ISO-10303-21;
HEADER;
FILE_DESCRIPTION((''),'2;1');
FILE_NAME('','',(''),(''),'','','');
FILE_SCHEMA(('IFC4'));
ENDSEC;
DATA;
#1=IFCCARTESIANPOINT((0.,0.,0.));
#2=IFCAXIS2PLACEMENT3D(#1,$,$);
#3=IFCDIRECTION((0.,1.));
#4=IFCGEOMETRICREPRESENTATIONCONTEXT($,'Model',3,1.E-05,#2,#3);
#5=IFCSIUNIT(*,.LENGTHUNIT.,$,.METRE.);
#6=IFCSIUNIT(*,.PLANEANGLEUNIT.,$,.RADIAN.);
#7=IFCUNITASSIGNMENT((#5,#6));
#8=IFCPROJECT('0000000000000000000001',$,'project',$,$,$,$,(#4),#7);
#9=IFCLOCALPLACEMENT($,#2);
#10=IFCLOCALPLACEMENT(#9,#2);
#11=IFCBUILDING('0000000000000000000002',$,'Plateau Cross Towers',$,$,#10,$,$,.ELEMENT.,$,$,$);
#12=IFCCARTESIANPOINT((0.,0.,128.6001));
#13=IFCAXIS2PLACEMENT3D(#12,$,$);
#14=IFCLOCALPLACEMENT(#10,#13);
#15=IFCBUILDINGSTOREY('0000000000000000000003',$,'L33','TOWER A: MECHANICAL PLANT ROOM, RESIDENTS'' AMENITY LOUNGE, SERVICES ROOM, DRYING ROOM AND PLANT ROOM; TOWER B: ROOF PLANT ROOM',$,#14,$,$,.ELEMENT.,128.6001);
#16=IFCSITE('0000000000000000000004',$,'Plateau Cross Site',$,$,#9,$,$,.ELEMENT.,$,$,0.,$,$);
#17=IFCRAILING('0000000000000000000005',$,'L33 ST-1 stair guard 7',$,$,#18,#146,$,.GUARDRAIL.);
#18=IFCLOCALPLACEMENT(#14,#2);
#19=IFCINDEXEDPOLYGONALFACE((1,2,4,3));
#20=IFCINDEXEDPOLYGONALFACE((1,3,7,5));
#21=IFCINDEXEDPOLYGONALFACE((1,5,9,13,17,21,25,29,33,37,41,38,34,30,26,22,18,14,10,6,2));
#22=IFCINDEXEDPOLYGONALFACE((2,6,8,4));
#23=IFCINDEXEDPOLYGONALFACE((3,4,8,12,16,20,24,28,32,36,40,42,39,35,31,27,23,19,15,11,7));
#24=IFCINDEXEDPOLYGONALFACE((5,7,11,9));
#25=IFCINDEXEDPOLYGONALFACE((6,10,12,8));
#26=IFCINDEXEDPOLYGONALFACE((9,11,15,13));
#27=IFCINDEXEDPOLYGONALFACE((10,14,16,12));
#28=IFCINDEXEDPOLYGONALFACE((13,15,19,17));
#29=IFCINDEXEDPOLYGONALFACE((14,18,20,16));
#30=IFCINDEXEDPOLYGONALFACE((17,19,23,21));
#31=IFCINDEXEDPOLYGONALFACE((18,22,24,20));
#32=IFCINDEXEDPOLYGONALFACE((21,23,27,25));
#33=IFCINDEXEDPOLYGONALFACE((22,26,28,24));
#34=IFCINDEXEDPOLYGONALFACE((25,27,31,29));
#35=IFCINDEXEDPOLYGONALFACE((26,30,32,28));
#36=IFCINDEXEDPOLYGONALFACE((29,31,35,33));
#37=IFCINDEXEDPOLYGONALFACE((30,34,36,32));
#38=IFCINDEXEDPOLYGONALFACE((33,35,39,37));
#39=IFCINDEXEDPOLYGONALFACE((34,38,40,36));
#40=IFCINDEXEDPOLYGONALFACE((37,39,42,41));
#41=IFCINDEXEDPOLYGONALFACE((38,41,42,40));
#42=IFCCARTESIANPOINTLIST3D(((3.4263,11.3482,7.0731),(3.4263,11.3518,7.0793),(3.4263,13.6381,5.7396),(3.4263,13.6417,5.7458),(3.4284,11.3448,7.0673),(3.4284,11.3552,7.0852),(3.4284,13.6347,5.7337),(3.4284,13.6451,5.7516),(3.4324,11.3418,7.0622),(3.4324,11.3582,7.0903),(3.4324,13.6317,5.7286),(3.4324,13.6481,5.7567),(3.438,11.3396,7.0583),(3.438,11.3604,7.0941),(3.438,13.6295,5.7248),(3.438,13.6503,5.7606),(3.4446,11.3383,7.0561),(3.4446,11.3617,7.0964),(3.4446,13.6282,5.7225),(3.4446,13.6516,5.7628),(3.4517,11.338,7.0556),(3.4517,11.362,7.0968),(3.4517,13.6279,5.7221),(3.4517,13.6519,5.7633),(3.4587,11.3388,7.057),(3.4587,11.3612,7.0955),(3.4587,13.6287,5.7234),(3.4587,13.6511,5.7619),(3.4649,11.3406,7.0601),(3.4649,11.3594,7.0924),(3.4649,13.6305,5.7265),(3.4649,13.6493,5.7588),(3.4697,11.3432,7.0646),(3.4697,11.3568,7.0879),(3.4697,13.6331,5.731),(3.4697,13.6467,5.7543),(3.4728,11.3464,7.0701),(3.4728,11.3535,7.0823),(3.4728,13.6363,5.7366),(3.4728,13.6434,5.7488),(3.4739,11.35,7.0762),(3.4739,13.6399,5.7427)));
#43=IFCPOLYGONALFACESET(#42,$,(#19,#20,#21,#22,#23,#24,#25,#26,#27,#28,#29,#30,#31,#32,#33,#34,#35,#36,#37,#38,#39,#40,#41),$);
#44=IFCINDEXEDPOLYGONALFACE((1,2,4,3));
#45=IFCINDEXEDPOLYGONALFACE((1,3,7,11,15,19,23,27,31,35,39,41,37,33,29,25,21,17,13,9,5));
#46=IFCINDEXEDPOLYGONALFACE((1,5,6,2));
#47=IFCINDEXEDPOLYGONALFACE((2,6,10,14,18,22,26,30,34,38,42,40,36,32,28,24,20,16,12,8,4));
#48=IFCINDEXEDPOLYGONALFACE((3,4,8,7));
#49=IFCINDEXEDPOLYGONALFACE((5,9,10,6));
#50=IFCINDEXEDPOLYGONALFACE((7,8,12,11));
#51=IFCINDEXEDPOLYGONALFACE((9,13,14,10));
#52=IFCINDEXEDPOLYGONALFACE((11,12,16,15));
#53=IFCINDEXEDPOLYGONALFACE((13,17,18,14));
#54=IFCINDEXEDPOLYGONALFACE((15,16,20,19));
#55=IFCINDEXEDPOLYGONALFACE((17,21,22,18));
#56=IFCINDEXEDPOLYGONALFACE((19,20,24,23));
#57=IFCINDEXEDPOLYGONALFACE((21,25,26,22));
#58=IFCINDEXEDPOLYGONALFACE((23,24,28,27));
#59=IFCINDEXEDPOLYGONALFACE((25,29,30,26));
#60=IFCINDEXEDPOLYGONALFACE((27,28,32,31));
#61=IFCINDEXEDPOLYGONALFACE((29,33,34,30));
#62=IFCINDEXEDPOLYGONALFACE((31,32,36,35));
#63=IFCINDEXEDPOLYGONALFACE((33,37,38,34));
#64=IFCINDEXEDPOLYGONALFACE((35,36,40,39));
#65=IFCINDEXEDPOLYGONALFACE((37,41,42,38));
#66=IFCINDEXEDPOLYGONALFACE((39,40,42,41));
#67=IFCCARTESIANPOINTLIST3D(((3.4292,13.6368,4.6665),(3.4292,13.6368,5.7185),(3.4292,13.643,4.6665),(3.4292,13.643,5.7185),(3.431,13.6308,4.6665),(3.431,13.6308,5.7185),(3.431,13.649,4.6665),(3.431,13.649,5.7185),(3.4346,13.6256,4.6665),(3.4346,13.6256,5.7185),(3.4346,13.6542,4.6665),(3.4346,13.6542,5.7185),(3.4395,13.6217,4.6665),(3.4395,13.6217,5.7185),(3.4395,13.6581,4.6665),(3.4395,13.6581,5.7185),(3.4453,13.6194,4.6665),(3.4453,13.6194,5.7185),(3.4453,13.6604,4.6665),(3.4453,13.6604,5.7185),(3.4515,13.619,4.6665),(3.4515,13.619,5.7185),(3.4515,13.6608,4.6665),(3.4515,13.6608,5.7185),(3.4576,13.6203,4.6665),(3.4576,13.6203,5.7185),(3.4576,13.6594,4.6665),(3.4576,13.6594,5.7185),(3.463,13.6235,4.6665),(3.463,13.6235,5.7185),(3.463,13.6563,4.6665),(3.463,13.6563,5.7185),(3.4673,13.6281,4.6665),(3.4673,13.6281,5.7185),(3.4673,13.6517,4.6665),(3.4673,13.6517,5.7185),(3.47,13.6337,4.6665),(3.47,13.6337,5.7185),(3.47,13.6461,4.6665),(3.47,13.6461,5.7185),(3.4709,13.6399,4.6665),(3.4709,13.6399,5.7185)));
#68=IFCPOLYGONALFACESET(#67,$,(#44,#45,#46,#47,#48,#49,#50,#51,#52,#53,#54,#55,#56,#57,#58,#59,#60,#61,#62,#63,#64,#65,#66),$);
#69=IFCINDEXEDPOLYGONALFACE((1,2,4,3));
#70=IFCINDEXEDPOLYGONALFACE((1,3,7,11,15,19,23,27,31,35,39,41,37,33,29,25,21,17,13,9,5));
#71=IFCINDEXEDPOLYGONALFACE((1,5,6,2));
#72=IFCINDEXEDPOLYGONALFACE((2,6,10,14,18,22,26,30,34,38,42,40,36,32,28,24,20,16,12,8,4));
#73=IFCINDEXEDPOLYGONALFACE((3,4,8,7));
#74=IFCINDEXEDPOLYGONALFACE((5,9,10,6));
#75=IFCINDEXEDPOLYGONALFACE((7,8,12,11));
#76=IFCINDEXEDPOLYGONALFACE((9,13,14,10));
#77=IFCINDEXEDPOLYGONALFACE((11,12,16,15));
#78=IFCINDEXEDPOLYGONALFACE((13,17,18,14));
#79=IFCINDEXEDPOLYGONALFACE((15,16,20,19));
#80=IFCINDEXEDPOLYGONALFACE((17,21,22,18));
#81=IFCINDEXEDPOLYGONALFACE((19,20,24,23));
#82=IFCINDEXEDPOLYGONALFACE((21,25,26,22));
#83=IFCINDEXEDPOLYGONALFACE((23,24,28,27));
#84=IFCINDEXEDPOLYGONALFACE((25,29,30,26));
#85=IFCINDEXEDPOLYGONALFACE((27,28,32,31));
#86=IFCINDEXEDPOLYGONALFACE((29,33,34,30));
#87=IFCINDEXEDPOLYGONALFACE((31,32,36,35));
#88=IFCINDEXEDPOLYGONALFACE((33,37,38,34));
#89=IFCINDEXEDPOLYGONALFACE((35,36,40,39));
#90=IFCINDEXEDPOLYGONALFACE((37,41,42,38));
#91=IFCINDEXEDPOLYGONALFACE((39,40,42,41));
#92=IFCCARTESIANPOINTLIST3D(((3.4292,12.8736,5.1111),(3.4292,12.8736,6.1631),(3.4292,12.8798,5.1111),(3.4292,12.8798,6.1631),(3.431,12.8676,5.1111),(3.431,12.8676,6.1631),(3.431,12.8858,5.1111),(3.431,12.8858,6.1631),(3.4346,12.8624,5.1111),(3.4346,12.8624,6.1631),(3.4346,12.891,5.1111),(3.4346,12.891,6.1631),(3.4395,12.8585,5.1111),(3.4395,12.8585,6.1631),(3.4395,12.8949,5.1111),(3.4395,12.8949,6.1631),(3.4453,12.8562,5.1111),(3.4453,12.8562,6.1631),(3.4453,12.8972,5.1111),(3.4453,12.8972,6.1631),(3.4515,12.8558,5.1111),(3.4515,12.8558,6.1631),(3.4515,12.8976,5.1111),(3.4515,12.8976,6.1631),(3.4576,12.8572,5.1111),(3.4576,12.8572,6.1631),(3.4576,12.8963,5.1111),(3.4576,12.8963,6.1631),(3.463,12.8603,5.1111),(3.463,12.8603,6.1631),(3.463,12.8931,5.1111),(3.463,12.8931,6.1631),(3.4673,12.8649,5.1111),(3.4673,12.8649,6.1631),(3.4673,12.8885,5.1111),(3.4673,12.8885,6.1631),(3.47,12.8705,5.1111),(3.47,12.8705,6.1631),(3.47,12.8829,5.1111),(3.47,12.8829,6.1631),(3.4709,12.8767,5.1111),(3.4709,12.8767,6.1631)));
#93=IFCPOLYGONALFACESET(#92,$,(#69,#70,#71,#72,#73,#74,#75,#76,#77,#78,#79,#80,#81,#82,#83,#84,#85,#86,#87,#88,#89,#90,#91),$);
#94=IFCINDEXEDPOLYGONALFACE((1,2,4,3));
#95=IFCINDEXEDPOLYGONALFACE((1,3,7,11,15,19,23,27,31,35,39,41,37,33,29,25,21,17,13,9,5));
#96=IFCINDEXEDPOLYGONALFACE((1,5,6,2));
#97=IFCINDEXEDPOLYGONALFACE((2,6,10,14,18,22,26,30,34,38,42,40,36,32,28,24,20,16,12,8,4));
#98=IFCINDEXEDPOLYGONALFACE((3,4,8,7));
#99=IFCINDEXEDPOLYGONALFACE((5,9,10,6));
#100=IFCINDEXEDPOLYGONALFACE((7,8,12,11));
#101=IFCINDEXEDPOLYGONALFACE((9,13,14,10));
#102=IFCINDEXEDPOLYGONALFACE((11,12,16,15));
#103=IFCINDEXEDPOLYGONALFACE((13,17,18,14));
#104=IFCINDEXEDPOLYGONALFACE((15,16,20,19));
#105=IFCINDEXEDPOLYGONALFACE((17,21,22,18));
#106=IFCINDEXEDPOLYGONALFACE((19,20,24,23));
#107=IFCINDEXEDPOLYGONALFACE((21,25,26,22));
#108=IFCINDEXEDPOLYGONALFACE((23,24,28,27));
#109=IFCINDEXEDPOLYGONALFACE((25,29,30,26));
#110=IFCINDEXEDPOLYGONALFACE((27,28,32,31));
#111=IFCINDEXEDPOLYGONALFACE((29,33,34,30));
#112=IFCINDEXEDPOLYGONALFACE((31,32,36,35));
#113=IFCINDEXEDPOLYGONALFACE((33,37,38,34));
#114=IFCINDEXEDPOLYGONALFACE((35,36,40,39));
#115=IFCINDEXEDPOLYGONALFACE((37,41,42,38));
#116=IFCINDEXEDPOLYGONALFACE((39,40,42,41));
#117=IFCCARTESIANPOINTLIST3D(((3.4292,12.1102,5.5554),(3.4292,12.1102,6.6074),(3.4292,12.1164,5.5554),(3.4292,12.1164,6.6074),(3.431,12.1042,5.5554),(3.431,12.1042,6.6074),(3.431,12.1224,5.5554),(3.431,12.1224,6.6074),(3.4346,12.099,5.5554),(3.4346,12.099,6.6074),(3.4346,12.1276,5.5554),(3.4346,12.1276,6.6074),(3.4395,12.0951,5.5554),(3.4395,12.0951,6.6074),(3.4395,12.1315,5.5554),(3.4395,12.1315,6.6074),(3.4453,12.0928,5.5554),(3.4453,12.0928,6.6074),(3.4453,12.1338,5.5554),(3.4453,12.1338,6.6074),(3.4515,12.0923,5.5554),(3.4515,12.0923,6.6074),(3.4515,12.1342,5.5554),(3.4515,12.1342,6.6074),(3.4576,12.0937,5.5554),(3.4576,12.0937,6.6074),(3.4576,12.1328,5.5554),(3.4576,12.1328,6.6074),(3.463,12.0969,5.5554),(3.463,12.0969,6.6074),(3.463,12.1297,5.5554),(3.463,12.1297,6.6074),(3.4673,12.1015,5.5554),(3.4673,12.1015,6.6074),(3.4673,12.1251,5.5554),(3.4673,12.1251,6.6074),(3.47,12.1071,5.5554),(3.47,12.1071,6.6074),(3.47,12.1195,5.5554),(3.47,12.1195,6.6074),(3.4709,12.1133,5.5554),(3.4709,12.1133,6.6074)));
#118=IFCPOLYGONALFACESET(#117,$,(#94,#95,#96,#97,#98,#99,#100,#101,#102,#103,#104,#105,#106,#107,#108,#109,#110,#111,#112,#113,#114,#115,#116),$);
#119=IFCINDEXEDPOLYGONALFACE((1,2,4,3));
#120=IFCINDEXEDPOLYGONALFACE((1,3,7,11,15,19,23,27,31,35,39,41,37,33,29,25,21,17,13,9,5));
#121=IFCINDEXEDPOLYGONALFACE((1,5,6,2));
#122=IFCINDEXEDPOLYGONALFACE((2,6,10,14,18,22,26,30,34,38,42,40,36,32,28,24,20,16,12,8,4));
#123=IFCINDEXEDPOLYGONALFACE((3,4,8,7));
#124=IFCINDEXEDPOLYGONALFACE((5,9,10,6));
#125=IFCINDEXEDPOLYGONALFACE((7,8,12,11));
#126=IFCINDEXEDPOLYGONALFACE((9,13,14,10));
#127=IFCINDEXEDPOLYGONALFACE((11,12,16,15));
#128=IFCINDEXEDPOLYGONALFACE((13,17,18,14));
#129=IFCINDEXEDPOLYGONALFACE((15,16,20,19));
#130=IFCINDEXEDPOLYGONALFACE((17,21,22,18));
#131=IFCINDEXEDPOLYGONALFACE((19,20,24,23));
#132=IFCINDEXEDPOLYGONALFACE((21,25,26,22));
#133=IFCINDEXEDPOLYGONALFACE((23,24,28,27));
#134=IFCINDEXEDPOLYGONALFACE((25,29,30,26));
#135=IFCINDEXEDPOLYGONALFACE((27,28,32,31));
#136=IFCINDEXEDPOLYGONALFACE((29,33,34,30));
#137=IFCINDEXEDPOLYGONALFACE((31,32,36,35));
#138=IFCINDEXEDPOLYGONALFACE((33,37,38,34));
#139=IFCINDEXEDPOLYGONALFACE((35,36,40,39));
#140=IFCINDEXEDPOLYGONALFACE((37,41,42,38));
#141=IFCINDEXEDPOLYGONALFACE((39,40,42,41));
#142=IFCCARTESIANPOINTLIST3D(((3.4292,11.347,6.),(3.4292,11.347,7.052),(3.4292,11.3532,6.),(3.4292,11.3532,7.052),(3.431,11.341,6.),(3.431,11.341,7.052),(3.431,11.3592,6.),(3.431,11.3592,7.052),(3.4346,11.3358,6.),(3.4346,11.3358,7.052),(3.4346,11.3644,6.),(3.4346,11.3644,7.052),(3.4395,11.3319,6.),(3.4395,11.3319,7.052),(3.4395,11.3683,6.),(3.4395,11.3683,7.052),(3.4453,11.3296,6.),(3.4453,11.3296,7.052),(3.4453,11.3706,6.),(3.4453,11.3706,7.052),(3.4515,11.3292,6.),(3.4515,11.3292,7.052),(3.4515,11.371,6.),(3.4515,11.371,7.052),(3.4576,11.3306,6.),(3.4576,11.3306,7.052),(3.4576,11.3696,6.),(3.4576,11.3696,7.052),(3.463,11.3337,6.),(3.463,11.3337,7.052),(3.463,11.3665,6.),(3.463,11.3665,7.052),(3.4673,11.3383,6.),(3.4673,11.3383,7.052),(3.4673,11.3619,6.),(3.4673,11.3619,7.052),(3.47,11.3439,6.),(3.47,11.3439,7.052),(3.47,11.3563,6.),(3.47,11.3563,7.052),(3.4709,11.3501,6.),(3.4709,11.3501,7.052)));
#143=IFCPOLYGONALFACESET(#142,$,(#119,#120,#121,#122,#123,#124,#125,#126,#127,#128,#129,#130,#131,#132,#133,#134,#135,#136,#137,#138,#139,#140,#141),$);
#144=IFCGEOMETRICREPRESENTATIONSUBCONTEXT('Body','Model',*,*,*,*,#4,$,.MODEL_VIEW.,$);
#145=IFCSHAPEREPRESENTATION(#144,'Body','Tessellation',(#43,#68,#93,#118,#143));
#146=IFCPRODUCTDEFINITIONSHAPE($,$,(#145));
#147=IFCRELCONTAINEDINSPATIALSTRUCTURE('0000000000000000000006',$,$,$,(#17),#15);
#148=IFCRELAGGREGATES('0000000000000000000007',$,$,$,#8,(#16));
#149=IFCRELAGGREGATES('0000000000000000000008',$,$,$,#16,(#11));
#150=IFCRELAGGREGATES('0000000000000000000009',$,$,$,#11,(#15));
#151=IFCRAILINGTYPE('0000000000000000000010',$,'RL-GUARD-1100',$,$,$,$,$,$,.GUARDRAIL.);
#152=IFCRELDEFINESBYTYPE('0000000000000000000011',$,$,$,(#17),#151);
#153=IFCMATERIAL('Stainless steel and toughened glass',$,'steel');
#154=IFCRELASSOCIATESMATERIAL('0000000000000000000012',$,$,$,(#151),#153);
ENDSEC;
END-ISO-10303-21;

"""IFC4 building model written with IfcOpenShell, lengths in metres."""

from ifc_helpers import new_model, si_unit, direction, frame, origin, origin_2d, place, context, subcontext, project, spatial, circle, extrude, material, type_object, element, save


model = new_model("IFC4")

# Units and contexts
model_context = context("Model", 3, precision=1e-05, world=origin(), true_north=direction((0.0, 1.0)))
body_context = subcontext(model_context, "Body", "Model", "MODEL_VIEW")
ifc_project = project(units=[si_unit("LENGTHUNIT", "METRE"), si_unit("PLANEANGLEUNIT", "RADIAN")], contexts=[model_context])

# Site, building, storey
site_placement = place(None, origin())
site = spatial("IfcSite", under=ifc_project, at=site_placement, Name="Plateau Cross Site", CompositionType="ELEMENT", RefElevation=0.0)
building_placement = place(site_placement, origin())
building = spatial("IfcBuilding", under=site, at=building_placement, Name="Plateau Cross Towers", CompositionType="ELEMENT")
storey_placement = place(building_placement, frame((0.0, 0.0, 128.6001)))
storey = spatial("IfcBuildingStorey", under=building, at=storey_placement, Name="L33", Description="TOWER A: MECHANICAL PLANT ROOM, RESIDENTS' AMENITY LOUNGE, SERVICES ROOM, DRYING ROOM AND PLANT ROOM; TOWER B: ROOF PLANT ROOM", CompositionType="ELEMENT", Elevation=128.6001)

# Railing
ifc_material_1 = material(Name="Stainless steel and toughened glass", Category="steel")
railing_type_1 = type_object("IfcRailingType", Name="RL-GUARD-1100", PredefinedType="GUARDRAIL", material=ifc_material_1)
railing_1_placement = place(storey_placement, frame((3.45, 13.6399, 4.6665)))
element("IfcRailing", 1, at=railing_1_placement, inside=storey, type_object=railing_type_1, Name="L33 ST-1 stair guard 7", PredefinedType="GUARDRAIL", context=body_context, shape_type="SweptSolid", body=[
    extrude(circle(Radius=0.0239, at=origin_2d()), frame((0.0, 0.0, 1.0762), z_axis=(0.0, -0.864143, 0.503246), x_axis=(1.0, 0.0, 0.0)), (0.0, 0.0, 1.0), 2.6499),
    extrude(circle(Radius=0.021, at=origin_2d()), origin(), (0.0, 0.0, 1.0), 1.052),
    extrude(circle(Radius=0.021, at=origin_2d()), frame((0.0, -0.7632, 0.4446)), (0.0, 0.0, 1.0), 1.052),
    extrude(circle(Radius=0.021, at=origin_2d()), frame((0.0, -1.5266, 0.8889)), (0.0, 0.0, 1.0), 1.052),
    extrude(circle(Radius=0.021, at=origin_2d()), frame((0.0, -2.2898, 1.3335)), (0.0, 0.0, 1.0), 1.052),
])

save(model, "model.ifc")
